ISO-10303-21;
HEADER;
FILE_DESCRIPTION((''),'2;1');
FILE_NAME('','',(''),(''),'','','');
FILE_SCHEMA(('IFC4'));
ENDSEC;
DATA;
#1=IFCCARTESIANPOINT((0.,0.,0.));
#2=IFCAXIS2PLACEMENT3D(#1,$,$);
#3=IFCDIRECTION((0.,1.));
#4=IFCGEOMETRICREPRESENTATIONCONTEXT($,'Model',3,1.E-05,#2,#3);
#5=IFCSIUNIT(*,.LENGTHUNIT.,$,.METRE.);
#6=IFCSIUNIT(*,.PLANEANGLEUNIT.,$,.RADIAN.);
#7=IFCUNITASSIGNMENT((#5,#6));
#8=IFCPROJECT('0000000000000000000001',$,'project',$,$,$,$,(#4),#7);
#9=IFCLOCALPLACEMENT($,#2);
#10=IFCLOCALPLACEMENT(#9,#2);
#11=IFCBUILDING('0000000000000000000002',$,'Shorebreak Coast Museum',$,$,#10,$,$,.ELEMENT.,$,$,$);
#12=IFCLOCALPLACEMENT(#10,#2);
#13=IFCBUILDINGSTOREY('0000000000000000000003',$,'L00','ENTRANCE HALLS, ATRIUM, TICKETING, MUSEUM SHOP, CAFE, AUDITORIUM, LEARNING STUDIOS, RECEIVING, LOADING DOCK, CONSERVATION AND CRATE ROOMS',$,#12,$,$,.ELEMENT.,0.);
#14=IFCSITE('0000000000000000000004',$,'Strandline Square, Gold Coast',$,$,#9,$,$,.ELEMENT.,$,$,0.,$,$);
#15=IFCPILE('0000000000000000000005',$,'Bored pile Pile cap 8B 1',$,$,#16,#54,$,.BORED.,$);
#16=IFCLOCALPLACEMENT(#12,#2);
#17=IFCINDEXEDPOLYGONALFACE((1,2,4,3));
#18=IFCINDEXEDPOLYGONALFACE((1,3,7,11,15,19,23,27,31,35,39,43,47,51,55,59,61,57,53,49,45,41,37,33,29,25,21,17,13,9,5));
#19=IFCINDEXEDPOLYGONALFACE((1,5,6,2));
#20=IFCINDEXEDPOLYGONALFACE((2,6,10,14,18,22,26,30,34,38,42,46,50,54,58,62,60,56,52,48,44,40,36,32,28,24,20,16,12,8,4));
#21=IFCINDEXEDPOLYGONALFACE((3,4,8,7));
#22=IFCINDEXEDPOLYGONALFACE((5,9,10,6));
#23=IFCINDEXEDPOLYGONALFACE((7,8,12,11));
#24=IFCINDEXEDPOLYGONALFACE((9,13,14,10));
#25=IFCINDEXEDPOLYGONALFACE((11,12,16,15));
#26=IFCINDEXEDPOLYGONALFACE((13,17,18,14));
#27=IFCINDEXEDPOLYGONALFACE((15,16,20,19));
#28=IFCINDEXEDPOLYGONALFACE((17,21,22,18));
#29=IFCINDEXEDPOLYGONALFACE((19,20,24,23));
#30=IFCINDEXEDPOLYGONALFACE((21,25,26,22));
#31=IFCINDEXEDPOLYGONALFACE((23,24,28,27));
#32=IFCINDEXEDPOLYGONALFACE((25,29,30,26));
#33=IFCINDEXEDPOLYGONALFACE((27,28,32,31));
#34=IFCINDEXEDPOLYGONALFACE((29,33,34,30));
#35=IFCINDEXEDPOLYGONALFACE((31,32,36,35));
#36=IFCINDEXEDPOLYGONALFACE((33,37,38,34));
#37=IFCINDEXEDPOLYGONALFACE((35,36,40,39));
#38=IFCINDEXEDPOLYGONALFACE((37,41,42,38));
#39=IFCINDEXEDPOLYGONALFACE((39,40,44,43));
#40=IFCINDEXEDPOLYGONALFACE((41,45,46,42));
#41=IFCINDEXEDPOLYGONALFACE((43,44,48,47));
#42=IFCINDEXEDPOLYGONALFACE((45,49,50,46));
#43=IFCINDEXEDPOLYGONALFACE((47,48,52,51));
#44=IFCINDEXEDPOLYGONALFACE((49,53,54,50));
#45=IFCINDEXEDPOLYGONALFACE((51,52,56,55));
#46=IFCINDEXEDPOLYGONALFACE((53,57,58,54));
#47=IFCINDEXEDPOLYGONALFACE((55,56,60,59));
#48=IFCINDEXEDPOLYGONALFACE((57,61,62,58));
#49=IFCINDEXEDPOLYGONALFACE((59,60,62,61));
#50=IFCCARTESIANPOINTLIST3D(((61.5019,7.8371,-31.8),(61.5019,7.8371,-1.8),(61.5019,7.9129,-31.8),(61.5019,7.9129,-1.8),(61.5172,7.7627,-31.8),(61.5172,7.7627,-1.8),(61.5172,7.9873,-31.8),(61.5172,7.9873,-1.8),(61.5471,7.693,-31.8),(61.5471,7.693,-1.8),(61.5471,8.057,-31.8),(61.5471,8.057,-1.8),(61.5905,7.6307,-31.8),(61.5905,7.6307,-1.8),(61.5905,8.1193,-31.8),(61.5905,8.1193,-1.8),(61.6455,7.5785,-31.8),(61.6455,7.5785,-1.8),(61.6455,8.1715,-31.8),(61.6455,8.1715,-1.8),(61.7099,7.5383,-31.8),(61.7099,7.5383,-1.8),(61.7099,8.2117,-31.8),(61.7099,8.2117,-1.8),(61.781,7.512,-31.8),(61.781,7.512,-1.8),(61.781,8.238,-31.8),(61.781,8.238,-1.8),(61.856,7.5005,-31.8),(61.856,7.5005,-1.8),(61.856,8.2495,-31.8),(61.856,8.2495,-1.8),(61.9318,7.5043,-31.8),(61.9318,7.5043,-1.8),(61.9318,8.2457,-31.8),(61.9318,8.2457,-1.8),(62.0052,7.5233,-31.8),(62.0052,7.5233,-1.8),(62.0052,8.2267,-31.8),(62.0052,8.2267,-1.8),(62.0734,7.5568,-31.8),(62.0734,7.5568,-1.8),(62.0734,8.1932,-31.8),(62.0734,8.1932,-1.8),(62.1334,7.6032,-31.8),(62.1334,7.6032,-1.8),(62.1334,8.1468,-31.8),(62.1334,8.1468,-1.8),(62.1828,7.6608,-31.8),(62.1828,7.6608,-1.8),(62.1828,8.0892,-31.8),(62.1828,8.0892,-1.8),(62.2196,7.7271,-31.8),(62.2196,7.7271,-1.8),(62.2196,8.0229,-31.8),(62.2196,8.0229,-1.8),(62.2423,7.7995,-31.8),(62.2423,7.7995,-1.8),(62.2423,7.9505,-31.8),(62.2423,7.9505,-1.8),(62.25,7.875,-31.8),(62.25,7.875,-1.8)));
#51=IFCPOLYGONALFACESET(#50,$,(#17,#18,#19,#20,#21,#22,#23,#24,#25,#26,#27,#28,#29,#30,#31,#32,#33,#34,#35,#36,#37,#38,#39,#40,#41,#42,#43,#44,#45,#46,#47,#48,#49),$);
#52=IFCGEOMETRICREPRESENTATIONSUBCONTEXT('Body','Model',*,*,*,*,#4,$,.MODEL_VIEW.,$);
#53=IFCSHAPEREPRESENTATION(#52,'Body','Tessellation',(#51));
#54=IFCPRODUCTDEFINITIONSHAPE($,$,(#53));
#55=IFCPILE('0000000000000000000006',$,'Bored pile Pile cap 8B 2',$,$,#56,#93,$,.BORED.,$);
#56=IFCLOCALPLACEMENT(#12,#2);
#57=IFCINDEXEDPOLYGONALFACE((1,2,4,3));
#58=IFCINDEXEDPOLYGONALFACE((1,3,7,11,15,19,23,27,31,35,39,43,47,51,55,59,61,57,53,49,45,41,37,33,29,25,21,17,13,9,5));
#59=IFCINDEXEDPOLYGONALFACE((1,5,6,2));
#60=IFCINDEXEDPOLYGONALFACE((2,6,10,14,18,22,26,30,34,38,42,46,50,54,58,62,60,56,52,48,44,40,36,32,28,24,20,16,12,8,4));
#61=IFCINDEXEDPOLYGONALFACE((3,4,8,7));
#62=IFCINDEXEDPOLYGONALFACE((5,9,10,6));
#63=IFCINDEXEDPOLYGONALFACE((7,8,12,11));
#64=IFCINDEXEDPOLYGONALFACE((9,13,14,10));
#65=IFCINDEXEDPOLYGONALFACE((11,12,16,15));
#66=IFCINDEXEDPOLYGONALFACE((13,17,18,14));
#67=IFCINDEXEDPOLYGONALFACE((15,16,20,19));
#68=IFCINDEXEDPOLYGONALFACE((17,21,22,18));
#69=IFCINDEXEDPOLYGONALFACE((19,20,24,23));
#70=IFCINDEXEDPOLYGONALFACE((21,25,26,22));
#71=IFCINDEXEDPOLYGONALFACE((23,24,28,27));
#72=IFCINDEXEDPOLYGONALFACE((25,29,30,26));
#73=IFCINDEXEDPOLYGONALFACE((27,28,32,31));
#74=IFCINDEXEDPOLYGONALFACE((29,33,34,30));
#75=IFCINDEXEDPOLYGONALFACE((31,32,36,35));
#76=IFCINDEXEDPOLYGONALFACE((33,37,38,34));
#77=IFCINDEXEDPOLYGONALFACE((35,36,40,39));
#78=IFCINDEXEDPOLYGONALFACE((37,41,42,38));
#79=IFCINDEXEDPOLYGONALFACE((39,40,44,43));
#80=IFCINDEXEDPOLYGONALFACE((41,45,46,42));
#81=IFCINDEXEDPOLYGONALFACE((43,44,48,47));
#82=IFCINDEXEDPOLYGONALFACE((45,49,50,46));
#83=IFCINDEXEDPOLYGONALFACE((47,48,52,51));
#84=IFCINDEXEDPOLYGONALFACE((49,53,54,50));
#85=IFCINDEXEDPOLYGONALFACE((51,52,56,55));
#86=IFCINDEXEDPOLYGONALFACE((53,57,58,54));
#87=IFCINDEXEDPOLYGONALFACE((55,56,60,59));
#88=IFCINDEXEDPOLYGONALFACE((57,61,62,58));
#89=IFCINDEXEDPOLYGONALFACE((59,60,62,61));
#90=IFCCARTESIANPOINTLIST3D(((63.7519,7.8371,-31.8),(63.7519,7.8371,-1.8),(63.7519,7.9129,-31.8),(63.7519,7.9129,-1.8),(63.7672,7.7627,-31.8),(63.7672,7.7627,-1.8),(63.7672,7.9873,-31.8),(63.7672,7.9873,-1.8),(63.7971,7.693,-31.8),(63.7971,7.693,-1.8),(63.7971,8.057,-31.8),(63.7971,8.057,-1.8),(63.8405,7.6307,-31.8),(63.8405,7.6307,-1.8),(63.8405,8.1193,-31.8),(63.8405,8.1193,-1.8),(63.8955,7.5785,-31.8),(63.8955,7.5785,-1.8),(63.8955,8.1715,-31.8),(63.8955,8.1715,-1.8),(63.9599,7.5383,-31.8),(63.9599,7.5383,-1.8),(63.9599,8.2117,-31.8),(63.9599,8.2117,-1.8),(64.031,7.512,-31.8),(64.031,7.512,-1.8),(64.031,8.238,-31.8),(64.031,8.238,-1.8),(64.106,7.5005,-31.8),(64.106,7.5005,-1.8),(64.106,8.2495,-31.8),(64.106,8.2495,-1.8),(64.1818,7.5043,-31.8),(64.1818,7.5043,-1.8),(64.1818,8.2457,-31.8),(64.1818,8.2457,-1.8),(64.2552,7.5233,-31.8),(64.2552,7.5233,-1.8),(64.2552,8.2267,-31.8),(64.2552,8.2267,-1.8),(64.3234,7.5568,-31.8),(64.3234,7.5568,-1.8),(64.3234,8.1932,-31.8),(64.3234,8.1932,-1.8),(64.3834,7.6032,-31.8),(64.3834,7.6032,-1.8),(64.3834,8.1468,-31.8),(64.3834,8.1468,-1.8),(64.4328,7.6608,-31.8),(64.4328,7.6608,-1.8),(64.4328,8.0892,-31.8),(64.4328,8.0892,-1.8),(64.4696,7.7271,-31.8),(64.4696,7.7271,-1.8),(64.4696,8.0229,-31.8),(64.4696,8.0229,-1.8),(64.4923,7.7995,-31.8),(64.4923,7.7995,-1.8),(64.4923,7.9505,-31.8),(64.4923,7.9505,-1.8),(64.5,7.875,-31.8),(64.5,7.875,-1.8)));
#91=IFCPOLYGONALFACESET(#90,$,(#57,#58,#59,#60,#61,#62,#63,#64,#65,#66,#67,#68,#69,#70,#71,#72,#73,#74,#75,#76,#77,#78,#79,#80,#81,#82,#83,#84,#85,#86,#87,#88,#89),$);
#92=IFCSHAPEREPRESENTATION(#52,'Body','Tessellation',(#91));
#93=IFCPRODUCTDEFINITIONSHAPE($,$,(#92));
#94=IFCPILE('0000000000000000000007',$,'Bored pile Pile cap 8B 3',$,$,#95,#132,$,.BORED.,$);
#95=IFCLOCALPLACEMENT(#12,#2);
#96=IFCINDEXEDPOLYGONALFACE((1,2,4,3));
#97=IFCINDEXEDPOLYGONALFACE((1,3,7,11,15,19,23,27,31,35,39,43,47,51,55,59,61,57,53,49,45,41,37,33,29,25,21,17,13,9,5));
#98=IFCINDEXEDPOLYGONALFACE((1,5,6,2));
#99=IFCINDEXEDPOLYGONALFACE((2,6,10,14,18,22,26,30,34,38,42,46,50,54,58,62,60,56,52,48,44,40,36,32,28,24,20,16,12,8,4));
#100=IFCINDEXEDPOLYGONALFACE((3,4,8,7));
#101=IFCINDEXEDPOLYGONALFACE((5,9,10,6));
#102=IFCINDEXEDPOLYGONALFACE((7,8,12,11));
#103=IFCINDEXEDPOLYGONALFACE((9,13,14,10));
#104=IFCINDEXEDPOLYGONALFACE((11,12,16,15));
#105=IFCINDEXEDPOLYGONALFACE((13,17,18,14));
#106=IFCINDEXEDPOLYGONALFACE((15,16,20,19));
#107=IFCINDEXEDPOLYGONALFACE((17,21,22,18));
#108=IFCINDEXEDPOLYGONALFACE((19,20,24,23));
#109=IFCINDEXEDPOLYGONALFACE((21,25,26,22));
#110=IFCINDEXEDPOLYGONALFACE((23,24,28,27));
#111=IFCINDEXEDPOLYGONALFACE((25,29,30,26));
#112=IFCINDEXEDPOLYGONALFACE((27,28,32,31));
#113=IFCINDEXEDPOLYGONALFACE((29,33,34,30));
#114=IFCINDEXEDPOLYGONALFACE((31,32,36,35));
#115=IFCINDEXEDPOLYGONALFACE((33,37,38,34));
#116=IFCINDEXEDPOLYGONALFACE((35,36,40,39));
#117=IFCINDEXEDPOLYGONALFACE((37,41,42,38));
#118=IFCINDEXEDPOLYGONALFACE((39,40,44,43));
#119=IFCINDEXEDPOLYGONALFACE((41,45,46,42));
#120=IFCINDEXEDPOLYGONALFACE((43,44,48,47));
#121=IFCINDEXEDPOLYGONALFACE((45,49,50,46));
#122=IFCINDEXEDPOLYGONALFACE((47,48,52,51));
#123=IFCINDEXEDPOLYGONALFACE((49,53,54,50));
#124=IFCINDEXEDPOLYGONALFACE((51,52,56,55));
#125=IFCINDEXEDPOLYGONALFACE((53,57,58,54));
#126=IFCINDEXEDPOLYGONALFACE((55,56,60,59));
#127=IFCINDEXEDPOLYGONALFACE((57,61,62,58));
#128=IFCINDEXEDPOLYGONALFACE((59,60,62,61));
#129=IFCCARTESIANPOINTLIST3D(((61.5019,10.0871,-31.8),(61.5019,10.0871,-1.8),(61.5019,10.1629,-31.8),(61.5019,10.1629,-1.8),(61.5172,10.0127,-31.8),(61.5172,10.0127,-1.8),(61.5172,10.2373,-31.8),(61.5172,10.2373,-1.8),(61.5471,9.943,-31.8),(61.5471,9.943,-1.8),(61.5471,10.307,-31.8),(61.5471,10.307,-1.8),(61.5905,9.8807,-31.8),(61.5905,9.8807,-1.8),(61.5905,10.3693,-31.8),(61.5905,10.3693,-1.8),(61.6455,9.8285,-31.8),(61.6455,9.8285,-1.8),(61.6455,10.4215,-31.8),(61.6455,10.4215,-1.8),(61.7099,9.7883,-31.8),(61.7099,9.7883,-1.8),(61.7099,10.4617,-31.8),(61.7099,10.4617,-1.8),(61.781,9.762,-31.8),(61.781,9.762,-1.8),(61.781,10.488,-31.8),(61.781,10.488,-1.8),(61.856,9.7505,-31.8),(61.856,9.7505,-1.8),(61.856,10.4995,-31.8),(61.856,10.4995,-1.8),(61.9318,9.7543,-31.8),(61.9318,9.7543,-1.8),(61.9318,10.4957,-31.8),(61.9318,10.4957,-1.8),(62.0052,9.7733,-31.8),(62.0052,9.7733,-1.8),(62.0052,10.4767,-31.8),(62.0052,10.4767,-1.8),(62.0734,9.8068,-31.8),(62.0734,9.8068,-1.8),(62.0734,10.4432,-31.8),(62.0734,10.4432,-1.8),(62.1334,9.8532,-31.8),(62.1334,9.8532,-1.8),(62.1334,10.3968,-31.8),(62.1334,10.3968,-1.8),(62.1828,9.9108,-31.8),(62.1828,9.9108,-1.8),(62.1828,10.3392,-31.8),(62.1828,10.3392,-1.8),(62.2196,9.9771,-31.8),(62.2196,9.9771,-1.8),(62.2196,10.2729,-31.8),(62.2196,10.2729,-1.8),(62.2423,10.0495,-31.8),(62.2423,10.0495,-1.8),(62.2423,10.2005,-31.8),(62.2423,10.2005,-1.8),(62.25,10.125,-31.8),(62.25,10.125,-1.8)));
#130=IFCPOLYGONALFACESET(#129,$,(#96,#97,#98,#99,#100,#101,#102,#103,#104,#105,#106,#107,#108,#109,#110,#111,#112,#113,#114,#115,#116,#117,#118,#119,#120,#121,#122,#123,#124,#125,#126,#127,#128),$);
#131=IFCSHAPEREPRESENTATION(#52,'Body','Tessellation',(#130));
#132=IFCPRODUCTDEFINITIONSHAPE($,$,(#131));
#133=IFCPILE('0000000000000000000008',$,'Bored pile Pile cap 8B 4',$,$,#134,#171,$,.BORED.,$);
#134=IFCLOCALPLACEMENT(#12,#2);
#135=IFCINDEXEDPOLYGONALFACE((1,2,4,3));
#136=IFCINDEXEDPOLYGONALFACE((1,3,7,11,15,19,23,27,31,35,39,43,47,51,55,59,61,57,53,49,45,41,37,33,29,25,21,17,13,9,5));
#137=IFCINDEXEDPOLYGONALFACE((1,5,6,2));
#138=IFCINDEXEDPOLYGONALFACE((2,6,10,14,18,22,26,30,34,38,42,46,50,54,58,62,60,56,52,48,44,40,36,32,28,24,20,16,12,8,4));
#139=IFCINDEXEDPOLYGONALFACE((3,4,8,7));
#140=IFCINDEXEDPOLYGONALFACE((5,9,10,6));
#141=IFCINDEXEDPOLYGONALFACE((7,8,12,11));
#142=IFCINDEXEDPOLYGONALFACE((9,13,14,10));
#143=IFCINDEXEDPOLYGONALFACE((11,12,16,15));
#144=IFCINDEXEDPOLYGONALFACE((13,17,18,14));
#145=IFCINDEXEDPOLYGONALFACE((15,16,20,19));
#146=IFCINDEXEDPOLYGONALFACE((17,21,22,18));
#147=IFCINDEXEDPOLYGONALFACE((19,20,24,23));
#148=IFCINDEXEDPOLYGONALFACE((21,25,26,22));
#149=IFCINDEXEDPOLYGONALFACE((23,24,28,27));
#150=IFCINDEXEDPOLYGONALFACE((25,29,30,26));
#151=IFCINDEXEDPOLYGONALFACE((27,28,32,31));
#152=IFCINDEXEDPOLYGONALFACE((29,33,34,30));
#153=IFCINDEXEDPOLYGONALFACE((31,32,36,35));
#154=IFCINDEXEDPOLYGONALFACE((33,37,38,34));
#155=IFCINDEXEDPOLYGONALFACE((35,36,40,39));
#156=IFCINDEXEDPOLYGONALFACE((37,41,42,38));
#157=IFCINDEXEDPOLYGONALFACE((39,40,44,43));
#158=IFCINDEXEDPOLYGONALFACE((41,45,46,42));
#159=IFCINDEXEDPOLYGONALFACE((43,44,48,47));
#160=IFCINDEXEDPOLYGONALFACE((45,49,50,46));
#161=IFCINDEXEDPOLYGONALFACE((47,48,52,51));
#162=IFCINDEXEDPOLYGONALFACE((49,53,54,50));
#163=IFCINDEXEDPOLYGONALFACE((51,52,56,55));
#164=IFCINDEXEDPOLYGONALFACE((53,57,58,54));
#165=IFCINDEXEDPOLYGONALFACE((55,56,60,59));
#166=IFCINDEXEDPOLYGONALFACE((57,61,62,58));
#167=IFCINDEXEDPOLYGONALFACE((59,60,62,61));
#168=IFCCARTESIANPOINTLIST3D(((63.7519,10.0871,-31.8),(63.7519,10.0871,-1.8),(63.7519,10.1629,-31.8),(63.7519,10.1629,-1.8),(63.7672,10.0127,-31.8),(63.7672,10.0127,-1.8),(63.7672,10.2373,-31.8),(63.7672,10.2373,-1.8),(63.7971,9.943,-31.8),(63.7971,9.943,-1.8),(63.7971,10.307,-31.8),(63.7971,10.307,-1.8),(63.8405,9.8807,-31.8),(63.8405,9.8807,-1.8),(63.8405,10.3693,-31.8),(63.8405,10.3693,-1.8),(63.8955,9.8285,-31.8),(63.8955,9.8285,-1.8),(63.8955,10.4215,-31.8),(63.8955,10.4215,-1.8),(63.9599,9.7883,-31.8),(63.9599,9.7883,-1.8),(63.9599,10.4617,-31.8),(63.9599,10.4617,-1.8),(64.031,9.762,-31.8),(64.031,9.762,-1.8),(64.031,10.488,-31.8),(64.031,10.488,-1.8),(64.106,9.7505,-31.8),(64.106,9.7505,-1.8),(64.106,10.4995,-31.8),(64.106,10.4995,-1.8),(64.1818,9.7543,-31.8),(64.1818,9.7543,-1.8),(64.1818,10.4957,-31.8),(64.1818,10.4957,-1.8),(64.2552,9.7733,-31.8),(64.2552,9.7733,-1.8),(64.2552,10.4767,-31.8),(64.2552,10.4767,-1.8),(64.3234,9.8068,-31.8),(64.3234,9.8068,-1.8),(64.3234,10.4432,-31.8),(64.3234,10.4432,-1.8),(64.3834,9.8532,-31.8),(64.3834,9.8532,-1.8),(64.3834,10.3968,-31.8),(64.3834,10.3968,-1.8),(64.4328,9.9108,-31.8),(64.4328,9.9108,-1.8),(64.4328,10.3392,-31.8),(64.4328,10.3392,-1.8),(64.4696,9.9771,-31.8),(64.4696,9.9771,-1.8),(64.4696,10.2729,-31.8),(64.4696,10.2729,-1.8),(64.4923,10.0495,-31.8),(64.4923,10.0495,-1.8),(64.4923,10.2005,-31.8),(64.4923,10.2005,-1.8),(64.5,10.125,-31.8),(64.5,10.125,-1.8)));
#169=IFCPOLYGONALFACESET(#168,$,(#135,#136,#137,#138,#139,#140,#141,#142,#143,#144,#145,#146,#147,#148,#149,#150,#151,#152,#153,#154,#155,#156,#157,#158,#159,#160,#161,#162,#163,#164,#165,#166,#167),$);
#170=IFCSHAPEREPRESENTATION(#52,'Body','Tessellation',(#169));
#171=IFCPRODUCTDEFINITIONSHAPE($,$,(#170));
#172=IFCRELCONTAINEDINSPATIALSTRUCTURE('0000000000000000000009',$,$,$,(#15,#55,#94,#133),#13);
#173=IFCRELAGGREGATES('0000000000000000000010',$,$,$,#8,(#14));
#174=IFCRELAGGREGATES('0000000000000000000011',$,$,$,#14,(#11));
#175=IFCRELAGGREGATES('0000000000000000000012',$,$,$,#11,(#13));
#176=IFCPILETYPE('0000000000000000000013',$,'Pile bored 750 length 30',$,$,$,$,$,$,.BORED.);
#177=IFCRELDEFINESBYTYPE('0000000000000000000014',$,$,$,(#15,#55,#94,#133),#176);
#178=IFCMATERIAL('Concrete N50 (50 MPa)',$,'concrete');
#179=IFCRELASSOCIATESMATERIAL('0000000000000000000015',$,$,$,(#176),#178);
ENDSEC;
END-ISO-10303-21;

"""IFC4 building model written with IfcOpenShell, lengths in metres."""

from ifc_helpers import new_model, si_unit, direction, frame, origin, origin_2d, place, context, subcontext, project, spatial, circle, extrude, material, material_profile, profile_set, type_object, element, save


model = new_model("IFC4")

# Units and contexts
model_context = context("Model", 3, precision=1e-05, world=origin(), true_north=direction((0.0, 1.0)))
body_context = subcontext(model_context, "Body", "Model", "MODEL_VIEW")
ifc_project = project(units=[si_unit("LENGTHUNIT", "METRE"), si_unit("PLANEANGLEUNIT", "RADIAN")], contexts=[model_context])

# Site, building, storey
site_placement = place(None, origin())
site = spatial("IfcSite", under=ifc_project, at=site_placement, Name="Strandline Square, Gold Coast", CompositionType="ELEMENT", RefElevation=0.0)
building_placement = place(site_placement, origin())
building = spatial("IfcBuilding", under=site, at=building_placement, Name="Shorebreak Coast Museum", CompositionType="ELEMENT")
storey_placement = place(building_placement, origin())
storey = spatial("IfcBuildingStorey", under=building, at=storey_placement, Name="L00", Description="ENTRANCE HALLS, ATRIUM, TICKETING, MUSEUM SHOP, CAFE, AUDITORIUM, LEARNING STUDIOS, RECEIVING, LOADING DOCK, CONSERVATION AND CRATE ROOMS", CompositionType="ELEMENT", Elevation=0.0)

# Piles
ifc_material_1 = material(Name="Concrete N50 (50 MPa)", Category="concrete")
ifc_material_profile_1 = material_profile(ifc_material_1, circle(Radius=0.375, at=origin_2d()), Name="Pile bored 750 length 30")
ifc_profile_set_1 = profile_set([ifc_material_profile_1], Name="Concrete N50 (50 MPa)")
pile_type_1 = type_object("IfcPileType", Name="Pile bored 750 length 30", PredefinedType="BORED", material=ifc_profile_set_1)
for number, where, z_axis, x_axis, name in (
    (1, (61.875, 7.875, -1.8), (0.0, 0.0, -1.0), (1.0, 0.0, 0.0), "Bored pile Pile cap 8B 1"),
    (2, (64.125, 7.875, -1.8), (0.0, 0.0, -1.0), (1.0, 0.0, 0.0), "Bored pile Pile cap 8B 2"),
    (3, (61.875, 10.125, -1.8), (0.0, 0.0, -1.0), (1.0, 0.0, 0.0), "Bored pile Pile cap 8B 3"),
    (4, (64.125, 10.125, -1.8), (0.0, 0.0, -1.0), (1.0, 0.0, 0.0), "Bored pile Pile cap 8B 4"),
):
    element("IfcPile", number, at=place(storey_placement, frame(where, z_axis=z_axis, x_axis=x_axis)), inside=storey, type_object=pile_type_1, Name=name, PredefinedType="BORED", context=body_context, shape_type="SweptSolid", body=[
        extrude(circle(Radius=0.375, at=origin_2d()), origin(), (0.0, 0.0, 1.0), 30.0),
    ])

save(model, "model.ifc")
